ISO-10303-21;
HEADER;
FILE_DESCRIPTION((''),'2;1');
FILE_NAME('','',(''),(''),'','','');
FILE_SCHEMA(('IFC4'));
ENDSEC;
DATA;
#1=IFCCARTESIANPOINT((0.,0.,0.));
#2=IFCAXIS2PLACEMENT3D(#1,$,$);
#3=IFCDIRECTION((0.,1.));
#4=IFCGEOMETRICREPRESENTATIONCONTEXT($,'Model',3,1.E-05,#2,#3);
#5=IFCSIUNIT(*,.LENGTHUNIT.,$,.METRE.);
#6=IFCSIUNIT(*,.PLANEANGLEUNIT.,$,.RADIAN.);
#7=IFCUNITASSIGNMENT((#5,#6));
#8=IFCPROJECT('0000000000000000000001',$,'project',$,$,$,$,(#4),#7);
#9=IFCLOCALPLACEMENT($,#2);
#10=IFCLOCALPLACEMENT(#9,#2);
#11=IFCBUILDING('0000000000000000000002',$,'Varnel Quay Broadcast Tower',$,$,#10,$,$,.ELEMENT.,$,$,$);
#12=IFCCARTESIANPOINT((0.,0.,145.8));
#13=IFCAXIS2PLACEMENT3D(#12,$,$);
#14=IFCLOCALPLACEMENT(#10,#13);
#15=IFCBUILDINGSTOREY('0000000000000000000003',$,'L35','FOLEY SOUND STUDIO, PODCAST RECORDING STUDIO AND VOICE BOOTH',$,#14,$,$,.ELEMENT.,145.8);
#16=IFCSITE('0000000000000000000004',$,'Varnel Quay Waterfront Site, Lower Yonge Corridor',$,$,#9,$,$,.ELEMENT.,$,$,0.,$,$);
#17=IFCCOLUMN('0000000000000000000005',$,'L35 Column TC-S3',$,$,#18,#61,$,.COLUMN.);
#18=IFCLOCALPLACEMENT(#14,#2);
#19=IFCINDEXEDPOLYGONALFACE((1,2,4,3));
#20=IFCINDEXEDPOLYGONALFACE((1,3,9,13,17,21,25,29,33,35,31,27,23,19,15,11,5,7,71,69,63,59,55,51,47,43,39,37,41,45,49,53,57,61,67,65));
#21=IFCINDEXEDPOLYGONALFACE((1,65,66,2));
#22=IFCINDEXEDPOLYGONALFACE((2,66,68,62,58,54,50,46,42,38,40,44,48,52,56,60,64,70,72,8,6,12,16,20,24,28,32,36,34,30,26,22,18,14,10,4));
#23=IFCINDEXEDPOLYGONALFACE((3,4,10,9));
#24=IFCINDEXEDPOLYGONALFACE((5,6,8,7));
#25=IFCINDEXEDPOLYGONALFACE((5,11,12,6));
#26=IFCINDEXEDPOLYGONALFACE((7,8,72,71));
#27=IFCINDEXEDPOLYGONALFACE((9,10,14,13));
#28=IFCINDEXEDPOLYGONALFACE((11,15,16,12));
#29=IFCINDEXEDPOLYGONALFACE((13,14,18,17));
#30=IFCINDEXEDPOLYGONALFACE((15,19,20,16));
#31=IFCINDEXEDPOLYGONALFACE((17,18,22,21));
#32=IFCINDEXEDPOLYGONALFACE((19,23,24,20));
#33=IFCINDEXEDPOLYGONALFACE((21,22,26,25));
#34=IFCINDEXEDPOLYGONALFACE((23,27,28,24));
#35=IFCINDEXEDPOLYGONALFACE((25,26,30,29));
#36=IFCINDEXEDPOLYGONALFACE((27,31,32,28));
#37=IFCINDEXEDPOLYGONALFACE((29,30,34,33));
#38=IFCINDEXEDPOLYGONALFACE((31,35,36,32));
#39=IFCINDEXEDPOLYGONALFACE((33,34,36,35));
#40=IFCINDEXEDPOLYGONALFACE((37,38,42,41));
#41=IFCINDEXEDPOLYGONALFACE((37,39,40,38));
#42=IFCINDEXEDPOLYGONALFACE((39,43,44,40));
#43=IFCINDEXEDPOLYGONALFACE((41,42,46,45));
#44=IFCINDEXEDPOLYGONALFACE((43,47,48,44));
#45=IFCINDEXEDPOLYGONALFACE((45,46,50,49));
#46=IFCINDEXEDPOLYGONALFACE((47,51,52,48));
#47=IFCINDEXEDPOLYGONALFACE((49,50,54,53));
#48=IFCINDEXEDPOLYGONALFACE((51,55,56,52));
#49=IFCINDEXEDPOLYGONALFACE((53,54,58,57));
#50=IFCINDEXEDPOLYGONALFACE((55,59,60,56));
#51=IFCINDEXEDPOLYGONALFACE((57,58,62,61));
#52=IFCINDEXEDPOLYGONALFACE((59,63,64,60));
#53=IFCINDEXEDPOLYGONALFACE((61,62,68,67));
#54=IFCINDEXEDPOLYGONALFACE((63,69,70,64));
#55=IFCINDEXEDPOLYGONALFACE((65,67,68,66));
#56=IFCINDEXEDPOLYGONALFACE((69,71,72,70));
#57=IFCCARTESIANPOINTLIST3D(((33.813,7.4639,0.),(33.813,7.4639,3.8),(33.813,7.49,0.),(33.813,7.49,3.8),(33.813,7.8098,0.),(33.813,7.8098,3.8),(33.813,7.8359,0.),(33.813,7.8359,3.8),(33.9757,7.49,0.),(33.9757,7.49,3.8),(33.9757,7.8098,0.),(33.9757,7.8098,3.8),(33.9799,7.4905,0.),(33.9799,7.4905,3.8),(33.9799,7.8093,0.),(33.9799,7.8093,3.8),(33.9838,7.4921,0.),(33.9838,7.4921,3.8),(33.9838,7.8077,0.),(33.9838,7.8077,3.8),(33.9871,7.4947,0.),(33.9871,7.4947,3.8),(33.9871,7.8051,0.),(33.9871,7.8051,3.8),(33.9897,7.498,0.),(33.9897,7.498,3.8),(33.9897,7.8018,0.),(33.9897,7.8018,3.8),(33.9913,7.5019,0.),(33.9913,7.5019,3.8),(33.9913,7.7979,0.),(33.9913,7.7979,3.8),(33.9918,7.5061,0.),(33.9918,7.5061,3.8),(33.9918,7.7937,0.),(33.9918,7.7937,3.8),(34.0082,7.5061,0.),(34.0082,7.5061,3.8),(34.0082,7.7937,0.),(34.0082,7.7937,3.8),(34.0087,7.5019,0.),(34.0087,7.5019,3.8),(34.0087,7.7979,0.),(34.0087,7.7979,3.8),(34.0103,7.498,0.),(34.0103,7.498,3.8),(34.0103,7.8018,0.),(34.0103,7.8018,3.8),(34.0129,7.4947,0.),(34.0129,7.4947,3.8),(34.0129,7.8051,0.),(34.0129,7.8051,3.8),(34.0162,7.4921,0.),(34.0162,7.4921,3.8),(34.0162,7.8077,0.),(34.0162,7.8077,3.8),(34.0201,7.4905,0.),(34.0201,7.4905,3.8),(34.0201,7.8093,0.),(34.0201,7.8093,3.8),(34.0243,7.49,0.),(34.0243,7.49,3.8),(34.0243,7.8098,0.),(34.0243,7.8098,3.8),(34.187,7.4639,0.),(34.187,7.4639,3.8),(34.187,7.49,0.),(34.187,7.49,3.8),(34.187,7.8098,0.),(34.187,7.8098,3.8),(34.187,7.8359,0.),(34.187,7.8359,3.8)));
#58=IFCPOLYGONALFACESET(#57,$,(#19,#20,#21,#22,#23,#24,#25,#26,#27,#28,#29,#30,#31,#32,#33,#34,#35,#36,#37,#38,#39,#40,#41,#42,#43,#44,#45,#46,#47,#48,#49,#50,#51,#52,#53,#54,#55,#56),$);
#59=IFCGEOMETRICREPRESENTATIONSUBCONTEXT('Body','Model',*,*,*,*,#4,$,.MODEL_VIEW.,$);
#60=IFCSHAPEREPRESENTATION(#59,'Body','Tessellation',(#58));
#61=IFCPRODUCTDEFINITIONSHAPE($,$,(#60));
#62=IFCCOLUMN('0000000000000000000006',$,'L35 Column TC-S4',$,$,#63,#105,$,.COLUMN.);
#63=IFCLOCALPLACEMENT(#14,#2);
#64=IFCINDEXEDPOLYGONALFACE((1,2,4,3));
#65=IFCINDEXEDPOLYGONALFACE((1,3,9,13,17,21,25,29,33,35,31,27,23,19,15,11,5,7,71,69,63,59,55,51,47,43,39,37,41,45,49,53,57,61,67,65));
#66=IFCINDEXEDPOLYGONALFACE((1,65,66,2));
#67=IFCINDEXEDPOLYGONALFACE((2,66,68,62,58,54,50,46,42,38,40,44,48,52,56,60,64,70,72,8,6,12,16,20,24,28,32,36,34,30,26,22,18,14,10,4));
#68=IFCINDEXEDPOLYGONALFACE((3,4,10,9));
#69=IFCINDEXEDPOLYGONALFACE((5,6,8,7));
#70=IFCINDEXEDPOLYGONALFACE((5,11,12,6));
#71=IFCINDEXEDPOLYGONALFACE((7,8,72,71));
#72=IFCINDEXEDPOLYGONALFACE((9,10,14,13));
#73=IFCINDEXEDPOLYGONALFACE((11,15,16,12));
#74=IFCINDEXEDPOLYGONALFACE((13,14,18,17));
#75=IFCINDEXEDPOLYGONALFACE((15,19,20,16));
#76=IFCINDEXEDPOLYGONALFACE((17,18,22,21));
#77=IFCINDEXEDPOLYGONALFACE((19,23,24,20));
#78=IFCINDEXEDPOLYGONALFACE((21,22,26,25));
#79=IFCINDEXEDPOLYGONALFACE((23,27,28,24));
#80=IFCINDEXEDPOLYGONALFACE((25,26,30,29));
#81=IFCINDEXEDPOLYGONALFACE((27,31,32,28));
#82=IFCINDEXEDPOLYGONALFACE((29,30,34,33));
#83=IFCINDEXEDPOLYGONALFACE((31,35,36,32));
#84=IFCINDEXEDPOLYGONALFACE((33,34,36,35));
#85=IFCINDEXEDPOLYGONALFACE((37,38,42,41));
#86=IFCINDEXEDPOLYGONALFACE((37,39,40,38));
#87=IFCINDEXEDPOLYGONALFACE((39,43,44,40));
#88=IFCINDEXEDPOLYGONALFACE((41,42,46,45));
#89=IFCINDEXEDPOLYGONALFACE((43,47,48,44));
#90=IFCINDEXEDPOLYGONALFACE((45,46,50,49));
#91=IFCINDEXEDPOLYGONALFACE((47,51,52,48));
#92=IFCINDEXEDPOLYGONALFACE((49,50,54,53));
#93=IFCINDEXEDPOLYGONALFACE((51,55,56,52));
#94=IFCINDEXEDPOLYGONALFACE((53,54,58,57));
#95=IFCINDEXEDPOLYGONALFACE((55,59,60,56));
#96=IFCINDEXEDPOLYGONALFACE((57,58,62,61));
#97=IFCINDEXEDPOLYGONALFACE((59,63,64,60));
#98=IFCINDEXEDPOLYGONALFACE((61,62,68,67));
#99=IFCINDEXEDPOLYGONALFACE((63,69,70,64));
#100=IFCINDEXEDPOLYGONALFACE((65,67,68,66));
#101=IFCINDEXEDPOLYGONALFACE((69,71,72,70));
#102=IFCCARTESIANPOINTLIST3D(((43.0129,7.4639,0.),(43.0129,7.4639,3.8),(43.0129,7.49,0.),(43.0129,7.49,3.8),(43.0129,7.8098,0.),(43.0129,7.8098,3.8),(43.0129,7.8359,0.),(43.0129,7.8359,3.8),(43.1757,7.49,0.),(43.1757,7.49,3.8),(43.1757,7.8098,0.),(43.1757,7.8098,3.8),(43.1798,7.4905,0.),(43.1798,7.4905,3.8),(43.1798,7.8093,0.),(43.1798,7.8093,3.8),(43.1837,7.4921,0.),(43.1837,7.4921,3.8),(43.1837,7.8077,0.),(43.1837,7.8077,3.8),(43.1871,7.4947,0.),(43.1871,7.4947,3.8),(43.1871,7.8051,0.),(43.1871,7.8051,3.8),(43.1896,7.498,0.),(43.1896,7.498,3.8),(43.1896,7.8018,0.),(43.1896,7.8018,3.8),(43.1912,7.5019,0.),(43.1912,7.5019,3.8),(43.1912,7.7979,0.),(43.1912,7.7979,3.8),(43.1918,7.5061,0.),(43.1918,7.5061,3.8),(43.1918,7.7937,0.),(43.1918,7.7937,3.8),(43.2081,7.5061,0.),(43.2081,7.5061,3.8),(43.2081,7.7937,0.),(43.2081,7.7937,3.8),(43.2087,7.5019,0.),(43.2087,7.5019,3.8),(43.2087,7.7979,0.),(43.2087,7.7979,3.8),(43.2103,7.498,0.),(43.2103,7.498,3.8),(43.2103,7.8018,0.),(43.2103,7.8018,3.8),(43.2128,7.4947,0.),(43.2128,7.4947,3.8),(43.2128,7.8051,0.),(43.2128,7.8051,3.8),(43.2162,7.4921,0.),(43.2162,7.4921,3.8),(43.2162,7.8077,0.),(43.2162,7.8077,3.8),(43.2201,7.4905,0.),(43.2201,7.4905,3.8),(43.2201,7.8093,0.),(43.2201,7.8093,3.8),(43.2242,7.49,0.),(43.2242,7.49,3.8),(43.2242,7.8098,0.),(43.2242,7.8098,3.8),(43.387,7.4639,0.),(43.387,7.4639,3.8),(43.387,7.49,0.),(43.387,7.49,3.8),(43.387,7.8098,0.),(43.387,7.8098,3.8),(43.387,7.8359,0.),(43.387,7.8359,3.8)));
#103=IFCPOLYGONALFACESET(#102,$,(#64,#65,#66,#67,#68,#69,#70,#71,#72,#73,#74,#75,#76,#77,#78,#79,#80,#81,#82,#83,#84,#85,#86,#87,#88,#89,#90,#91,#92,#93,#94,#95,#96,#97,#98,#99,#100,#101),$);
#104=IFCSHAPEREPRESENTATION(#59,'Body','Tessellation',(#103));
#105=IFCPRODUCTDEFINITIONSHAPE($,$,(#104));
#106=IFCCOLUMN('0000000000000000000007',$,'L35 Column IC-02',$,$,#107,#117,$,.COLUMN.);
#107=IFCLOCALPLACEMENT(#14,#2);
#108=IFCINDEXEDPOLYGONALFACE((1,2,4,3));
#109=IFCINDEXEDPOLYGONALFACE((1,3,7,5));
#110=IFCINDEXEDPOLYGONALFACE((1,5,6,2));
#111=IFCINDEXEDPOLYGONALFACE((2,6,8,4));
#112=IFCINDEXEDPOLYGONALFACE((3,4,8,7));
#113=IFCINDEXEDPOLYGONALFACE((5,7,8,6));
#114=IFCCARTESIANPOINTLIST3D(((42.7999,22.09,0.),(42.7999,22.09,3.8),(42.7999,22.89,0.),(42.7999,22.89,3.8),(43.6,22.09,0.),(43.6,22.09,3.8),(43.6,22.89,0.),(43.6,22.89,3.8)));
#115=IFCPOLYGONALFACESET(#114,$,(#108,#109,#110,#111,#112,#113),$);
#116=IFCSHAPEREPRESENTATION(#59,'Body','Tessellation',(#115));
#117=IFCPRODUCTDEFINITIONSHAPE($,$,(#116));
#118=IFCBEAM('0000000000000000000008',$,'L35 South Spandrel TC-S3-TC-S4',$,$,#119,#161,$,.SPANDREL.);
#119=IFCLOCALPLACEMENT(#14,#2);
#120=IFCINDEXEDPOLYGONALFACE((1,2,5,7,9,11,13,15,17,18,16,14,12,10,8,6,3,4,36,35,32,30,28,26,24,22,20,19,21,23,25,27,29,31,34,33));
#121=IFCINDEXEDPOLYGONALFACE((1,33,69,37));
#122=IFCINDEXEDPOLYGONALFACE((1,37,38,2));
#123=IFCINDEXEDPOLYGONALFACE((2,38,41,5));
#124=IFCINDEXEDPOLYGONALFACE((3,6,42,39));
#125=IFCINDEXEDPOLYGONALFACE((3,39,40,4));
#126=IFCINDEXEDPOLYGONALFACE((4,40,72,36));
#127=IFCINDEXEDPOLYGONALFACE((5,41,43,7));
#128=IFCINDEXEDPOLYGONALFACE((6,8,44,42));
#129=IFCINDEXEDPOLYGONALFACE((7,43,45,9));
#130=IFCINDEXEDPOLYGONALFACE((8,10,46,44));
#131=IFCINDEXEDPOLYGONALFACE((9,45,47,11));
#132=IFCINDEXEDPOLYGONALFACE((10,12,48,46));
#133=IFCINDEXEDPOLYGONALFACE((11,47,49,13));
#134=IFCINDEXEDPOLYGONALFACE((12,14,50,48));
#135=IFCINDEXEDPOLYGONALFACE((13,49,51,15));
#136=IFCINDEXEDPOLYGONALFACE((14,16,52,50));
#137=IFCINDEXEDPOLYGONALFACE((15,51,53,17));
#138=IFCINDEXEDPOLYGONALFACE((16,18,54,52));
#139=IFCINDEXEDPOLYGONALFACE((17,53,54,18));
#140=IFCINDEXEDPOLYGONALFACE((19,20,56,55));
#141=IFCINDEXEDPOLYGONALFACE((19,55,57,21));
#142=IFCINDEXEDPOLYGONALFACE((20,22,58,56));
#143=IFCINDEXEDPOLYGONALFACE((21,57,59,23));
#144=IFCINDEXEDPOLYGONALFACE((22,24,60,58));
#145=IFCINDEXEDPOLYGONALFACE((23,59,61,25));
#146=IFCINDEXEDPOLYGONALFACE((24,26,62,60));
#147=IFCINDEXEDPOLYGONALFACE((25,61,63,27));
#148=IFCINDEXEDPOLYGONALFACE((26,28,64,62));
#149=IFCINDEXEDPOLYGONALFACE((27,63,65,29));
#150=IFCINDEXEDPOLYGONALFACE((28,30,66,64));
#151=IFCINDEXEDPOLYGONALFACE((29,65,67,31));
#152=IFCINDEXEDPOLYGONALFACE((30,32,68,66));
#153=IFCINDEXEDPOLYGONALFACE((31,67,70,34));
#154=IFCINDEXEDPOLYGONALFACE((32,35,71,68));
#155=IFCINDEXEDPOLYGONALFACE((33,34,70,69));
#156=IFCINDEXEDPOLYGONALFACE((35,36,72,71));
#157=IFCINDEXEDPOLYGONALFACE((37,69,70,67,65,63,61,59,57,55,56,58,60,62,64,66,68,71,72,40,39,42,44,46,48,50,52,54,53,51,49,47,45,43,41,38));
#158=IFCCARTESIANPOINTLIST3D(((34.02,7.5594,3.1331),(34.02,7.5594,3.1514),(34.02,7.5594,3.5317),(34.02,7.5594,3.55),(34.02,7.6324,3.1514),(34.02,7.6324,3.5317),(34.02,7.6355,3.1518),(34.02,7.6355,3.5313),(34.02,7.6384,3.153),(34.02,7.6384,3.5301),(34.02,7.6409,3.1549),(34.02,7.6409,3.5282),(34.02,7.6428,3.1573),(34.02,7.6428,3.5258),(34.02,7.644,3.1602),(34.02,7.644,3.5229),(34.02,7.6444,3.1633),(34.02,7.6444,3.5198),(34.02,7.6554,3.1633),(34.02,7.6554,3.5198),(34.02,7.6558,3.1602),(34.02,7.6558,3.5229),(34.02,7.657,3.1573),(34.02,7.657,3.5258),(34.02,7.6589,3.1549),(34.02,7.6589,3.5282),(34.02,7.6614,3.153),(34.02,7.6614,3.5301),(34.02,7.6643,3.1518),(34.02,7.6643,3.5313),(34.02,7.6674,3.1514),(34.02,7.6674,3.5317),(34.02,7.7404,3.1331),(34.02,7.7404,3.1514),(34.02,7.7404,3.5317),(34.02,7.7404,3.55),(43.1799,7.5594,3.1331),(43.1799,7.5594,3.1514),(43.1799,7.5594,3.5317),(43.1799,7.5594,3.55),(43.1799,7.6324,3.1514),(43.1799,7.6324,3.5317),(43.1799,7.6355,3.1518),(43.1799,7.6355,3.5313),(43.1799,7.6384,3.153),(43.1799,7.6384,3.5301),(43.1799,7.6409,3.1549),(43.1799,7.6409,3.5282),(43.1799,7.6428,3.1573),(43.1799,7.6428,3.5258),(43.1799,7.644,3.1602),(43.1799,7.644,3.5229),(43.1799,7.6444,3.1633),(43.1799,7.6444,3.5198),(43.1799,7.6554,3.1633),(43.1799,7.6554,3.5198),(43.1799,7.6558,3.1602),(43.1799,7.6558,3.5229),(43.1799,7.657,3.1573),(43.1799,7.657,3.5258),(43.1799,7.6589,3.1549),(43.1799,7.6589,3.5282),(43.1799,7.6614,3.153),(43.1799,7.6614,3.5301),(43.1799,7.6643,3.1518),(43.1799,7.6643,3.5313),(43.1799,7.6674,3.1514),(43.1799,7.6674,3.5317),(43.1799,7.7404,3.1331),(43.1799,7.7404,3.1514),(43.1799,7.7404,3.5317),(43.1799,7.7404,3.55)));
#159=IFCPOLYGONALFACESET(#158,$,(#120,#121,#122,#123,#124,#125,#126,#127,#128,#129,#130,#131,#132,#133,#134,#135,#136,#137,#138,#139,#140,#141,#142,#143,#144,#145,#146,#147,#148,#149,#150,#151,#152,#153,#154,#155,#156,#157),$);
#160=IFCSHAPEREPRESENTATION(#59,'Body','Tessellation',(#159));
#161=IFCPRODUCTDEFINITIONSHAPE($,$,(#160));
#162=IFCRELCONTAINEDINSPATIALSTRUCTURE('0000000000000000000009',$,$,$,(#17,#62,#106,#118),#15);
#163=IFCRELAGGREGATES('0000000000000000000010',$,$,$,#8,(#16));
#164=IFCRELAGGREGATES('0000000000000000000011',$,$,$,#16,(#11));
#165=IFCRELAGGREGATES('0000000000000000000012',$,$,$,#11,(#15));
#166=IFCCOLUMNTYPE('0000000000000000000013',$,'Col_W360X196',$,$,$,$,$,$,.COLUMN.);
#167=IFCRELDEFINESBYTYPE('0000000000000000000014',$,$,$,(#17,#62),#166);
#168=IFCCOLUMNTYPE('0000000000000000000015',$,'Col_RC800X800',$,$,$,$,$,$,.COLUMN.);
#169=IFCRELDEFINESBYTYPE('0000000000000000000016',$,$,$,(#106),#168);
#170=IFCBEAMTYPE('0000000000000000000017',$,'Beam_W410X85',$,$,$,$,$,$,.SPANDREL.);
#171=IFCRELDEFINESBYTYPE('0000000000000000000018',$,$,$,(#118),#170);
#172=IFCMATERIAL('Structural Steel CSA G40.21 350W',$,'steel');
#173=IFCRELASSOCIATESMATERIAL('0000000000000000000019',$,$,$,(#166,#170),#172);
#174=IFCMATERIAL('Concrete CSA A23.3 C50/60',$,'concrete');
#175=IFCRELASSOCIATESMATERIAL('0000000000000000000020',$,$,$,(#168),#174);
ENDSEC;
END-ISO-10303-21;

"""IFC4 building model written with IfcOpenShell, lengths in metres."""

from ifc_helpers import new_model, si_unit, direction, frame, origin, origin_2d, place, context, subcontext, project, spatial, rectangle, i_section, extrude, source, transform, mapped, material, material_profile, profile_set, type_object, type_shapes, element, save


model = new_model("IFC4")

# Units and contexts
model_context = context("Model", 3, precision=1e-05, world=origin(), true_north=direction((0.0, 1.0)))
body_context = subcontext(model_context, "Body", "Model", "MODEL_VIEW")
ifc_project = project(units=[si_unit("LENGTHUNIT", "METRE"), si_unit("PLANEANGLEUNIT", "RADIAN")], contexts=[model_context])

# Site, building, storey
site_placement = place(None, origin())
site = spatial("IfcSite", under=ifc_project, at=site_placement, Name="Varnel Quay Waterfront Site, Lower Yonge Corridor", CompositionType="ELEMENT", RefElevation=0.0)
building_placement = place(site_placement, origin())
building = spatial("IfcBuilding", under=site, at=building_placement, Name="Varnel Quay Broadcast Tower", CompositionType="ELEMENT")
storey_placement = place(building_placement, frame((0.0, 0.0, 145.8)))
storey = spatial("IfcBuildingStorey", under=building, at=storey_placement, Name="L35", Description="FOLEY SOUND STUDIO, PODCAST RECORDING STUDIO AND VOICE BOOTH", CompositionType="ELEMENT", Elevation=145.8)

# Columns
ifc_material_1 = material(Name="Structural Steel CSA G40.21 350W", Category="steel")
ifc_material_profile_1 = material_profile(ifc_material_1, i_section(OverallWidth=0.374, OverallDepth=0.3721, WebThickness=0.0164, FlangeThickness=0.0261, FilletRadius=0.0161, at=origin_2d()), Name="W360X196")
ifc_profile_set_1 = profile_set([ifc_material_profile_1], Name="Structural Steel CSA G40.21 350W")
column_type_1 = type_object("IfcColumnType", Name="Col_W360X196", PredefinedType="COLUMN", material=ifc_profile_set_1)
shared_shape_1 = source(origin(), body_context, "Body", "SweptSolid", [
    extrude(i_section(OverallWidth=0.374, OverallDepth=0.3721, WebThickness=0.0164, FlangeThickness=0.0261, FilletRadius=0.0161, at=origin_2d()), origin(), (0.0, 0.0, 1.0), 3.8),
])
type_shapes(column_type_1, [shared_shape_1])
for number, where, z_axis, x_axis, name in (
    (1, (34.0, 7.6499, 0.0), (0.0, 0.0, 1.0), (1.0, 0.0, 0.0), "L35 Column TC-S3"),
    (2, (43.2, 7.6499, 0.0), (0.0, 0.0, 1.0), (1.0, 0.0, 0.0), "L35 Column TC-S4"),
):
    element("IfcColumn", number, at=place(storey_placement, frame(where, z_axis=z_axis, x_axis=x_axis)), inside=storey, type_object=column_type_1, Name=name, PredefinedType="COLUMN", context=body_context, shape_type="MappedRepresentation", body=[
        mapped(shared_shape_1, transform((0.0, 0.0, 0.0), x_axis=(1.0, 0.0, 0.0), y_axis=(0.0, 1.0, 0.0), z_axis=(0.0, 0.0, 1.0), scale=1.0)),
    ])
ifc_material_2 = material(Name="Concrete CSA A23.3 C50/60", Category="concrete")
ifc_material_profile_2 = material_profile(ifc_material_2, rectangle(XDim=0.8, YDim=0.8, at=origin_2d()), Name="RC800X800")
ifc_profile_set_2 = profile_set([ifc_material_profile_2], Name="Concrete CSA A23.3 C50/60")
column_type_2 = type_object("IfcColumnType", Name="Col_RC800X800", PredefinedType="COLUMN", material=ifc_profile_set_2)
shared_shape_2 = source(origin(), body_context, "Body", "SweptSolid", [
    extrude(rectangle(XDim=0.8, YDim=0.8, at=origin_2d()), origin(), (0.0, 0.0, 1.0), 3.8),
])
type_shapes(column_type_2, [shared_shape_2])
column_placement = place(storey_placement, frame((43.2, 22.49, 0.0), z_axis=(0.0, 0.0, 1.0), x_axis=(1.0, 0.0, 0.0)))
element("IfcColumn", 3, at=column_placement, inside=storey, type_object=column_type_2, Name="L35 Column IC-02", PredefinedType="COLUMN", context=body_context, shape_type="MappedRepresentation", body=[
    mapped(shared_shape_2, transform((0.0, 0.0, 0.0), x_axis=(1.0, 0.0, 0.0), y_axis=(0.0, 1.0, 0.0), z_axis=(0.0, 0.0, 1.0), scale=1.0)),
])

# Beam
ifc_material_profile_3 = material_profile(ifc_material_1, i_section(OverallWidth=0.1809, OverallDepth=0.417, WebThickness=0.011, FlangeThickness=0.0183, FilletRadius=0.012, at=origin_2d()), Name="W410X85")
ifc_profile_set_3 = profile_set([ifc_material_profile_3], Name="Structural Steel CSA G40.21 350W")
beam_type_1 = type_object("IfcBeamType", Name="Beam_W410X85", PredefinedType="SPANDREL", material=ifc_profile_set_3)
shared_shape_3 = source(origin(), body_context, "Body", "SweptSolid", [
    extrude(i_section(OverallWidth=0.1809, OverallDepth=0.417, WebThickness=0.011, FlangeThickness=0.0183, FilletRadius=0.012, at=origin_2d()), origin(), (0.0, 0.0, 1.0), 9.1599),
])
type_shapes(beam_type_1, [shared_shape_3])
for number, where, z_axis, x_axis, name in (
    (4, (34.02, 7.6499, 3.3416), (1.0, 0.0, 0.0), (0.0, 1.0, 0.0), "L35 South Spandrel TC-S3-TC-S4"),
):
    element("IfcBeam", number, at=place(storey_placement, frame(where, z_axis=z_axis, x_axis=x_axis)), inside=storey, type_object=beam_type_1, Name=name, PredefinedType="SPANDREL", context=body_context, shape_type="MappedRepresentation", body=[
        mapped(shared_shape_3, transform((0.0, 0.0, 0.0), x_axis=(1.0, 0.0, 0.0), y_axis=(0.0, 1.0, 0.0), z_axis=(0.0, 0.0, 1.0), scale=1.0)),
    ])

save(model, "model.ifc")
